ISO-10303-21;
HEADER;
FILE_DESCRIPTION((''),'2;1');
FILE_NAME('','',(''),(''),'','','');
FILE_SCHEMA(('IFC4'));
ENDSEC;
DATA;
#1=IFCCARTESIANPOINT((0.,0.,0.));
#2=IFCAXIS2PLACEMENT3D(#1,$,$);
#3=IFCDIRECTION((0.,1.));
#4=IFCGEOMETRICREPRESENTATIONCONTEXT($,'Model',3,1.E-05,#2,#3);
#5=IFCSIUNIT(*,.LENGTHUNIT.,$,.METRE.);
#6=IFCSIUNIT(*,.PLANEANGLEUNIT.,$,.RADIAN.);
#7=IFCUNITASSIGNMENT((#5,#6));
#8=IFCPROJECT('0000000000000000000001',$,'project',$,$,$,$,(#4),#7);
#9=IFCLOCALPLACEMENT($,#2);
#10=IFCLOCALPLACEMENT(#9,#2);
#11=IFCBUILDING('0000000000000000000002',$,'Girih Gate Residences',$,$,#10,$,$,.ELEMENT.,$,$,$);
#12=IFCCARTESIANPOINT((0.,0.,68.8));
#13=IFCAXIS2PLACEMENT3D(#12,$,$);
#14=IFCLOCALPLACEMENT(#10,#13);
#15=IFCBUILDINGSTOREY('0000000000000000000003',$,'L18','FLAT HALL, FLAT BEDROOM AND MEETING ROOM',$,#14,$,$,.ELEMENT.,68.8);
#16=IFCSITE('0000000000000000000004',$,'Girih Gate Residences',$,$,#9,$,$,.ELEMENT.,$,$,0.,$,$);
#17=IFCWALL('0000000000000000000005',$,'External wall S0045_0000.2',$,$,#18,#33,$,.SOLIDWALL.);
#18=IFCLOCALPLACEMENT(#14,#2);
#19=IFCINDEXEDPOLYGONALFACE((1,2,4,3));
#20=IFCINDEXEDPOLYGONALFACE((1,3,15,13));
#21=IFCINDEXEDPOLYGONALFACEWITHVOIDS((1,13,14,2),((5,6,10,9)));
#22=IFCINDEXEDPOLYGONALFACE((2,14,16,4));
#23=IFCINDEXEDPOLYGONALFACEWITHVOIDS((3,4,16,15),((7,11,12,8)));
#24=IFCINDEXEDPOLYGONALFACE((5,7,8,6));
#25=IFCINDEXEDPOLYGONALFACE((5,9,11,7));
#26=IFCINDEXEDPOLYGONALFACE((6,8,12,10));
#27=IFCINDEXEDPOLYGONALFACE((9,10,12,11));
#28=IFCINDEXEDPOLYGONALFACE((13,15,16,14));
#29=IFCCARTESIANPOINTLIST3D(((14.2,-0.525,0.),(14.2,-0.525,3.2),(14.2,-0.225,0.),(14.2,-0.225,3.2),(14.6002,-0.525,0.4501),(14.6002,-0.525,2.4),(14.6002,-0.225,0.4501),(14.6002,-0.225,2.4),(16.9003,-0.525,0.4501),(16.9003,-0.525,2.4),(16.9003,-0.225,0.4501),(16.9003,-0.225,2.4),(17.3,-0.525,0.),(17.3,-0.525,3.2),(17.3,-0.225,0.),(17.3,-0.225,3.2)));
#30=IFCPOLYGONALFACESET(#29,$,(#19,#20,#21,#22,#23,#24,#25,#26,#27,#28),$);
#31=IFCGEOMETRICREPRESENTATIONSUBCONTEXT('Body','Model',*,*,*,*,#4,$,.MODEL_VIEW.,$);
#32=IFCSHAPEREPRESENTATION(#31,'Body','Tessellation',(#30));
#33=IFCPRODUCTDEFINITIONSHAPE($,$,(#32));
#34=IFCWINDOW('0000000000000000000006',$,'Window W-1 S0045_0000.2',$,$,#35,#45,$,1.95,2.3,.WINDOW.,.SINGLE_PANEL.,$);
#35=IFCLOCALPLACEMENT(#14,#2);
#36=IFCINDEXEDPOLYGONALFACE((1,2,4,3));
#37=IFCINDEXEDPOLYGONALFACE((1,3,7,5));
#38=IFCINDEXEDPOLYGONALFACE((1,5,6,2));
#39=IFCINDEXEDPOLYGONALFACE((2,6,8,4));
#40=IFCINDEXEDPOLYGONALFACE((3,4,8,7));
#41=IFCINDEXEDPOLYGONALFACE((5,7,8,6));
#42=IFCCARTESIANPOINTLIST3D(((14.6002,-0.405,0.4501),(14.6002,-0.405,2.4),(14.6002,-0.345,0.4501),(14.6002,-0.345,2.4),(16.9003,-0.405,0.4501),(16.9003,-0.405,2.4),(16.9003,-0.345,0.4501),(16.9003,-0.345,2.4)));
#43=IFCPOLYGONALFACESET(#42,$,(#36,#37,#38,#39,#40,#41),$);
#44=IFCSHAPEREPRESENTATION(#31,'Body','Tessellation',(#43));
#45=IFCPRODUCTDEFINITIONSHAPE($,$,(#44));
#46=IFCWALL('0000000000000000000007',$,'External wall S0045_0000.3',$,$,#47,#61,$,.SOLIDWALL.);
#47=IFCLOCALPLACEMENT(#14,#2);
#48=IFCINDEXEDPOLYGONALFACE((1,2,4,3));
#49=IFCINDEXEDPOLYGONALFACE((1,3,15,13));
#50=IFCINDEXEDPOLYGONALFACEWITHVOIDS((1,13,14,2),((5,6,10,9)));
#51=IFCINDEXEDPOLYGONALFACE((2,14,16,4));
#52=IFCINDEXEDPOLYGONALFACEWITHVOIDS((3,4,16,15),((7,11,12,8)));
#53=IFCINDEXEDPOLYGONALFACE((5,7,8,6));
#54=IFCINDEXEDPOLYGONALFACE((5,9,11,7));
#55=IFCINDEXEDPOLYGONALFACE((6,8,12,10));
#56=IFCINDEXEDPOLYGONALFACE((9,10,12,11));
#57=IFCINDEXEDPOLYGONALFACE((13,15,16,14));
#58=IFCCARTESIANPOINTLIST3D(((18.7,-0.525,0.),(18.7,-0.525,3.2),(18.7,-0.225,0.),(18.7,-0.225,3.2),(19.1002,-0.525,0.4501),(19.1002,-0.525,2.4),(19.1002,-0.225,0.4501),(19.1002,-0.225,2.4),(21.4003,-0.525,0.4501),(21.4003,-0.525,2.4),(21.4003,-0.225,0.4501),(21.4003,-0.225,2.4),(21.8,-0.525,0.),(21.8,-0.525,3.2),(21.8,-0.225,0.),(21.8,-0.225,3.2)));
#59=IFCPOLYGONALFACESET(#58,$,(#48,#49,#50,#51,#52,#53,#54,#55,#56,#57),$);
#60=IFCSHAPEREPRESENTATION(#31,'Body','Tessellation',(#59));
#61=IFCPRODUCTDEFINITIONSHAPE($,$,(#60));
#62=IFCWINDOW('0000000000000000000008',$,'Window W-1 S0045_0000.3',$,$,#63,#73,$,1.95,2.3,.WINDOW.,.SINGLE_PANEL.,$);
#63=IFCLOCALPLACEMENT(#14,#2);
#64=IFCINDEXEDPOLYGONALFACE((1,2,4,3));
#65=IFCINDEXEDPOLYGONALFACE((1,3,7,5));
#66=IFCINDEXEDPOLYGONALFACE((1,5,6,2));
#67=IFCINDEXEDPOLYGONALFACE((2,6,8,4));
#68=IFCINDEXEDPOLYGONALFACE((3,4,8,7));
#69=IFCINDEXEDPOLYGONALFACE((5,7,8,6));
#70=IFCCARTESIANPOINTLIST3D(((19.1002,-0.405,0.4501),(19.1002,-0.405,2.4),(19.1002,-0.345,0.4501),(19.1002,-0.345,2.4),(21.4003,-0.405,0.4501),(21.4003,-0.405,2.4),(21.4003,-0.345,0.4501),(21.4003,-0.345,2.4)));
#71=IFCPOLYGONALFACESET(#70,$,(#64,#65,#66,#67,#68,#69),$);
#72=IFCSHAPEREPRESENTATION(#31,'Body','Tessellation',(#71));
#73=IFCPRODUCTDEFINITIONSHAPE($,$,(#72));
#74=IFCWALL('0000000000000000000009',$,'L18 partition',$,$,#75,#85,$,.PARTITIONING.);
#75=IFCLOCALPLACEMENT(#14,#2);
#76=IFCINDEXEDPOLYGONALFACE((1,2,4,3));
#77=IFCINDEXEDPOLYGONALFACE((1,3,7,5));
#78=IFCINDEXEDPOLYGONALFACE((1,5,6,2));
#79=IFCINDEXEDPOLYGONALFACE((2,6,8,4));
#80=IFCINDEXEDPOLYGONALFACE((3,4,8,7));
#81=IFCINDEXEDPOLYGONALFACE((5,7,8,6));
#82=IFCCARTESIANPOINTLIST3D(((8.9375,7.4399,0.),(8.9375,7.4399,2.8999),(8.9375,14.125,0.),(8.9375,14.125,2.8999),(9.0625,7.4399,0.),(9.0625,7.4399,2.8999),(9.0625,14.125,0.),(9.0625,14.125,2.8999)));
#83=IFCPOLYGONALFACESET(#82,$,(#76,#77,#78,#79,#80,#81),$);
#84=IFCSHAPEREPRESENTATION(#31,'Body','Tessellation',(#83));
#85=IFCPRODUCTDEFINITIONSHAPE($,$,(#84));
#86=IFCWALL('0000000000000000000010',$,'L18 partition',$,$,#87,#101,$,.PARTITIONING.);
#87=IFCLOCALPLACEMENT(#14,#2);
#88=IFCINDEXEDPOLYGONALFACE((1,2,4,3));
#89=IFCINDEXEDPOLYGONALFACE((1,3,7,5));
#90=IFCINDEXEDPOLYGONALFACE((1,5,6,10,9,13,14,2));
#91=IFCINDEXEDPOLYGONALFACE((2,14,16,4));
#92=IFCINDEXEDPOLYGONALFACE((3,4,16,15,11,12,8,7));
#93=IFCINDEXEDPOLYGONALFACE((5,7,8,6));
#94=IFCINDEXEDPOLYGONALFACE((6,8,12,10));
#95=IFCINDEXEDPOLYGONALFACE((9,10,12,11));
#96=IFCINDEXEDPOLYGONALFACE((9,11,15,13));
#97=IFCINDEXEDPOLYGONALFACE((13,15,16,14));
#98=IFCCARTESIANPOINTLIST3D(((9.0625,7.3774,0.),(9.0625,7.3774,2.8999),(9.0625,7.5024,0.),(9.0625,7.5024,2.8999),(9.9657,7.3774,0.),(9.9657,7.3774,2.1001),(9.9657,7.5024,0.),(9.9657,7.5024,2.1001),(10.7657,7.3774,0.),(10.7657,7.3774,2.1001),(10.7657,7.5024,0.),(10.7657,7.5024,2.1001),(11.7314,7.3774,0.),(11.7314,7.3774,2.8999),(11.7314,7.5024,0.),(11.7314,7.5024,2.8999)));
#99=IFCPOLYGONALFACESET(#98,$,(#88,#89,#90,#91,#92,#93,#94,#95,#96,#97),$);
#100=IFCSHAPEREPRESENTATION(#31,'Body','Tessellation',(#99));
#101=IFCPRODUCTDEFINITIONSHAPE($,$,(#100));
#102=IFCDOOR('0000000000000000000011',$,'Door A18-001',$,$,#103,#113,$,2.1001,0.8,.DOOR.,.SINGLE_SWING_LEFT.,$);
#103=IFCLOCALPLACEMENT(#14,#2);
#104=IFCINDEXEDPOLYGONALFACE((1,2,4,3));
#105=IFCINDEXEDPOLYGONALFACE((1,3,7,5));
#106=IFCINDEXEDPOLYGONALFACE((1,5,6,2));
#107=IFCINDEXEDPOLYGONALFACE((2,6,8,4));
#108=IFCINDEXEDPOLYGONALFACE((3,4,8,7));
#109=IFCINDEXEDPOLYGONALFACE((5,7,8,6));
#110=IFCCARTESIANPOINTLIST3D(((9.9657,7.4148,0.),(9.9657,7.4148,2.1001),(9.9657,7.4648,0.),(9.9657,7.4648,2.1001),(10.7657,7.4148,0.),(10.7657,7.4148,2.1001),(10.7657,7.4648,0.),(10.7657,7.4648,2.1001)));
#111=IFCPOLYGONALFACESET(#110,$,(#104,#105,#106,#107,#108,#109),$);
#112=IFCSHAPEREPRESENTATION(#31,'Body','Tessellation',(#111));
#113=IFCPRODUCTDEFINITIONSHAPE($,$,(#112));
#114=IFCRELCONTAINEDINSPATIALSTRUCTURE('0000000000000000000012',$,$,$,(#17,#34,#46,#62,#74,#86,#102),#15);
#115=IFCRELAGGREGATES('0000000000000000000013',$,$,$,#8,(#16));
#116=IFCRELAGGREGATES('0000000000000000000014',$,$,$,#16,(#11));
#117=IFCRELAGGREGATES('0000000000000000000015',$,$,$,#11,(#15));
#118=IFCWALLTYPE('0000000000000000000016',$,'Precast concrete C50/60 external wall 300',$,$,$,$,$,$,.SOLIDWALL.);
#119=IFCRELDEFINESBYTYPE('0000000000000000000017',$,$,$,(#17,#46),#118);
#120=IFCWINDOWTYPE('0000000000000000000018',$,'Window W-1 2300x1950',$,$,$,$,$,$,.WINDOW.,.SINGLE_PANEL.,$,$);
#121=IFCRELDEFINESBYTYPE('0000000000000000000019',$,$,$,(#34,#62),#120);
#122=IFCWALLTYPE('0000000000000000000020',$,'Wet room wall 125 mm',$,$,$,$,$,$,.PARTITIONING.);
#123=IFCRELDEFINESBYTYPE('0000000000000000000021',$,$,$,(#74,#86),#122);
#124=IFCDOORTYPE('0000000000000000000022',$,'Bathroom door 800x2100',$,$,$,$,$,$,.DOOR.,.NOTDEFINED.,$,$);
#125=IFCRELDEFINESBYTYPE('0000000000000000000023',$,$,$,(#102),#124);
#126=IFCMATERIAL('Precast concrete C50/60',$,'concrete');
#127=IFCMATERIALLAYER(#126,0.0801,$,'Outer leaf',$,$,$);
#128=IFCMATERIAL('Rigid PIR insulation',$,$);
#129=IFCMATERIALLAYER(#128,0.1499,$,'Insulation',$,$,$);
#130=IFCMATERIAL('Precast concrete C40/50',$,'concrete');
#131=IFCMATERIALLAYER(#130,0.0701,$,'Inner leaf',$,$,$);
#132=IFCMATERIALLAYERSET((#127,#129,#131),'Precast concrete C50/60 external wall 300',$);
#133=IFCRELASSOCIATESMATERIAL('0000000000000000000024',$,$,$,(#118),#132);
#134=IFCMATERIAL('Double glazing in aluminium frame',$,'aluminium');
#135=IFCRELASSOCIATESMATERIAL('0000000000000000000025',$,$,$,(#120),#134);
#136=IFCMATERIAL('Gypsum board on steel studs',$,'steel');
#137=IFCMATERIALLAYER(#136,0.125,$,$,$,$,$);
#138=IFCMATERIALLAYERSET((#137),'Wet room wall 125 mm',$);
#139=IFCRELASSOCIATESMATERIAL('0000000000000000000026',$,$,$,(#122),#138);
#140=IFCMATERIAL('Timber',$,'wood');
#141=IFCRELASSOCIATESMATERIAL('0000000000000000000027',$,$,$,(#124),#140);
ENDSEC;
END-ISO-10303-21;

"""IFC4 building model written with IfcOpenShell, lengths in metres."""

from ifc_helpers import new_model, si_unit, direction, frame, frame_2d, origin, place, context, subcontext, project, spatial, rectangle, extrude, material, layer, layer_set, type_object, element, fill, save


model = new_model("IFC4")

# Units and contexts
model_context = context("Model", 3, precision=1e-05, world=origin(), true_north=direction((0.0, 1.0)))
body_context = subcontext(model_context, "Body", "Model", "MODEL_VIEW")
ifc_project = project(units=[si_unit("LENGTHUNIT", "METRE"), si_unit("PLANEANGLEUNIT", "RADIAN")], contexts=[model_context])

# Site, building, storey
site_placement = place(None, origin())
site = spatial("IfcSite", under=ifc_project, at=site_placement, Name="Girih Gate Residences", CompositionType="ELEMENT", RefElevation=0.0)
building_placement = place(site_placement, origin())
building = spatial("IfcBuilding", under=site, at=building_placement, Name="Girih Gate Residences", CompositionType="ELEMENT")
storey_placement = place(building_placement, frame((0.0, 0.0, 68.8)))
storey = spatial("IfcBuildingStorey", under=building, at=storey_placement, Name="L18", Description="FLAT HALL, FLAT BEDROOM AND MEETING ROOM", CompositionType="ELEMENT", Elevation=68.8)

# Shared definitions
ifc_material_1 = material(Name="Gypsum board on steel studs", Category="steel")

# Shared definitions
ifc_material_2 = material(Name="Timber", Category="wood")

# Walls, openings, windows
ifc_material_3 = material(Name="Precast concrete C50/60", Category="concrete")
ifc_layer_1 = layer(ifc_material_3, 0.0801, Name="Outer leaf")
ifc_material_4 = material(Name="Rigid PIR insulation")
ifc_layer_2 = layer(ifc_material_4, 0.1499, Name="Insulation")
ifc_material_5 = material(Name="Precast concrete C40/50", Category="concrete")
ifc_layer_3 = layer(ifc_material_5, 0.0701, Name="Inner leaf")
ifc_layer_set_1 = layer_set([ifc_layer_1, ifc_layer_2, ifc_layer_3], Name="Precast concrete C50/60 external wall 300")
wall_type_1 = type_object("IfcWallType", Name="Precast concrete C50/60 external wall 300", PredefinedType="SOLIDWALL", material=ifc_layer_set_1)
ifc_material_6 = material(Name="Double glazing in aluminium frame", Category="aluminium")
window_type = type_object("IfcWindowType", Name="Window W-1 2300x1950", PartitioningType="SINGLE_PANEL", PredefinedType="WINDOW", material=ifc_material_6)
wall_1_placement = place(storey_placement, frame((17.3, -0.375, 0.0), z_axis=(0.0, 0.0, 1.0), x_axis=(-1.0, 0.0, 0.0)))
wall_1 = element("IfcWall", 1, at=wall_1_placement, inside=storey, type_object=wall_type_1, Name="External wall S0045_0000.2", PredefinedType="SOLIDWALL", context=body_context, shape_type="SweptSolid", body=[
    extrude(rectangle(XDim=3.1001, YDim=0.3, at=frame_2d((1.55, 0.0))), origin(), (0.0, 0.0, 1.0), 3.2),
])
opening_1_placement = place(wall_1_placement, frame((0.3999, 0.0, 0.45)))
opening_1 = element("IfcOpeningElement", 2, at=opening_1_placement, cuts=wall_1, PredefinedType="OPENING", context=body_context, shape_type="SweptSolid", body=[
    extrude(rectangle(XDim=2.3, YDim=1.95, at=frame_2d((1.1499, 0.9751))), frame((0.0, 0.1599, 0.0), z_axis=(0.0, -1.0, 0.0), x_axis=(1.0, 0.0, 0.0)), (0.0, 0.0, 1.0), 0.3201),
])
window_1_placement = place(opening_1_placement, origin())
window_1 = element("IfcWindow", 3, at=window_1_placement, inside=storey, type_object=window_type, Name="Window W-1 S0045_0000.2", OverallHeight=1.95, OverallWidth=2.3, PartitioningType="SINGLE_PANEL", PredefinedType="WINDOW", context=body_context, shape_type="SweptSolid", body=[
    extrude(rectangle(XDim=2.3, YDim=1.95, at=frame_2d((1.1499, 0.9751))), frame((0.0, 0.03, 0.0), z_axis=(0.0, -1.0, 0.0), x_axis=(1.0, 0.0, 0.0)), (0.0, 0.0, 1.0), 0.0601),
])
fill(opening_1, window_1)
wall_2_placement = place(storey_placement, frame((21.8, -0.375, 0.0), z_axis=(0.0, 0.0, 1.0), x_axis=(-1.0, 0.0, 0.0)))
wall_2 = element("IfcWall", 4, at=wall_2_placement, inside=storey, type_object=wall_type_1, Name="External wall S0045_0000.3", PredefinedType="SOLIDWALL", context=body_context, shape_type="SweptSolid", body=[
    extrude(rectangle(XDim=3.1001, YDim=0.3, at=frame_2d((1.55, 0.0))), origin(), (0.0, 0.0, 1.0), 3.2),
])
opening_2_placement = place(wall_2_placement, frame((0.3999, 0.0, 0.45)))
opening_2 = element("IfcOpeningElement", 5, at=opening_2_placement, cuts=wall_2, PredefinedType="OPENING", context=body_context, shape_type="SweptSolid", body=[
    extrude(rectangle(XDim=2.3, YDim=1.95, at=frame_2d((1.1499, 0.9751))), frame((0.0, 0.1599, 0.0), z_axis=(0.0, -1.0, 0.0), x_axis=(1.0, 0.0, 0.0)), (0.0, 0.0, 1.0), 0.3201),
])
window_2_placement = place(opening_2_placement, origin())
window_2 = element("IfcWindow", 6, at=window_2_placement, inside=storey, type_object=window_type, Name="Window W-1 S0045_0000.3", OverallHeight=1.95, OverallWidth=2.3, PartitioningType="SINGLE_PANEL", PredefinedType="WINDOW", context=body_context, shape_type="SweptSolid", body=[
    extrude(rectangle(XDim=2.3, YDim=1.95, at=frame_2d((1.1499, 0.9751))), frame((0.0, 0.03, 0.0), z_axis=(0.0, -1.0, 0.0), x_axis=(1.0, 0.0, 0.0)), (0.0, 0.0, 1.0), 0.0601),
])
fill(opening_2, window_2)

# Wall
ifc_layer_4 = layer(ifc_material_1, 0.125)
ifc_layer_set_2 = layer_set([ifc_layer_4], Name="Wet room wall 125 mm")
wall_type_2 = type_object("IfcWallType", Name="Wet room wall 125 mm", PredefinedType="PARTITIONING", material=ifc_layer_set_2)
wall_3_placement = place(storey_placement, frame((9.0, 7.4399, 0.0), z_axis=(0.0, 0.0, 1.0), x_axis=(0.0, 1.0, 0.0)))
element("IfcWall", 7, at=wall_3_placement, inside=storey, type_object=wall_type_2, Name="L18 partition", PredefinedType="PARTITIONING", context=body_context, shape_type="SweptSolid", body=[
    extrude(rectangle(XDim=6.6851, YDim=0.125, at=frame_2d((3.3425, 0.0))), origin(), (0.0, 0.0, 1.0), 2.8999),
])

# Wall, opening, door
wall_4_placement = place(storey_placement, frame((9.0625, 7.4399, 0.0), z_axis=(0.0, 0.0, 1.0), x_axis=(1.0, 0.0, 0.0)))
wall_4 = element("IfcWall", 8, at=wall_4_placement, inside=storey, type_object=wall_type_2, Name="L18 partition", PredefinedType="PARTITIONING", context=body_context, shape_type="SweptSolid", body=[
    extrude(rectangle(XDim=2.6689, YDim=0.125, at=frame_2d((1.3345, 0.0))), origin(), (0.0, 0.0, 1.0), 2.8999),
])
opening_3_placement = place(wall_4_placement, frame((0.9033, 0.0, 0.0)))
opening_3 = element("IfcOpeningElement", 9, at=opening_3_placement, cuts=wall_4, PredefinedType="OPENING", context=body_context, shape_type="SweptSolid", body=[
    extrude(rectangle(XDim=0.8, YDim=2.1001, at=frame_2d((0.3999, 1.05))), frame((0.0, 0.0725, 0.0), z_axis=(0.0, -1.0, 0.0), x_axis=(1.0, 0.0, 0.0)), (0.0, 0.0, 1.0), 0.145),
])
door_type_1 = type_object("IfcDoorType", Name="Bathroom door 800x2100", OperationType="NOTDEFINED", PredefinedType="DOOR", material=ifc_material_2)
door_1_placement = place(opening_3_placement, origin())
door_1 = element("IfcDoor", 10, at=door_1_placement, inside=storey, type_object=door_type_1, Name="Door A18-001", OperationType="SINGLE_SWING_LEFT", OverallHeight=2.1001, OverallWidth=0.8, PredefinedType="DOOR", context=body_context, shape_type="SweptSolid", body=[
    extrude(rectangle(XDim=0.8, YDim=2.1001, at=frame_2d((0.3999, 1.05))), frame((0.0, 0.0249, 0.0), z_axis=(0.0, -1.0, 0.0), x_axis=(1.0, 0.0, 0.0)), (0.0, 0.0, 1.0), 0.05),
])
fill(opening_3, door_1)

save(model, "model.ifc")
